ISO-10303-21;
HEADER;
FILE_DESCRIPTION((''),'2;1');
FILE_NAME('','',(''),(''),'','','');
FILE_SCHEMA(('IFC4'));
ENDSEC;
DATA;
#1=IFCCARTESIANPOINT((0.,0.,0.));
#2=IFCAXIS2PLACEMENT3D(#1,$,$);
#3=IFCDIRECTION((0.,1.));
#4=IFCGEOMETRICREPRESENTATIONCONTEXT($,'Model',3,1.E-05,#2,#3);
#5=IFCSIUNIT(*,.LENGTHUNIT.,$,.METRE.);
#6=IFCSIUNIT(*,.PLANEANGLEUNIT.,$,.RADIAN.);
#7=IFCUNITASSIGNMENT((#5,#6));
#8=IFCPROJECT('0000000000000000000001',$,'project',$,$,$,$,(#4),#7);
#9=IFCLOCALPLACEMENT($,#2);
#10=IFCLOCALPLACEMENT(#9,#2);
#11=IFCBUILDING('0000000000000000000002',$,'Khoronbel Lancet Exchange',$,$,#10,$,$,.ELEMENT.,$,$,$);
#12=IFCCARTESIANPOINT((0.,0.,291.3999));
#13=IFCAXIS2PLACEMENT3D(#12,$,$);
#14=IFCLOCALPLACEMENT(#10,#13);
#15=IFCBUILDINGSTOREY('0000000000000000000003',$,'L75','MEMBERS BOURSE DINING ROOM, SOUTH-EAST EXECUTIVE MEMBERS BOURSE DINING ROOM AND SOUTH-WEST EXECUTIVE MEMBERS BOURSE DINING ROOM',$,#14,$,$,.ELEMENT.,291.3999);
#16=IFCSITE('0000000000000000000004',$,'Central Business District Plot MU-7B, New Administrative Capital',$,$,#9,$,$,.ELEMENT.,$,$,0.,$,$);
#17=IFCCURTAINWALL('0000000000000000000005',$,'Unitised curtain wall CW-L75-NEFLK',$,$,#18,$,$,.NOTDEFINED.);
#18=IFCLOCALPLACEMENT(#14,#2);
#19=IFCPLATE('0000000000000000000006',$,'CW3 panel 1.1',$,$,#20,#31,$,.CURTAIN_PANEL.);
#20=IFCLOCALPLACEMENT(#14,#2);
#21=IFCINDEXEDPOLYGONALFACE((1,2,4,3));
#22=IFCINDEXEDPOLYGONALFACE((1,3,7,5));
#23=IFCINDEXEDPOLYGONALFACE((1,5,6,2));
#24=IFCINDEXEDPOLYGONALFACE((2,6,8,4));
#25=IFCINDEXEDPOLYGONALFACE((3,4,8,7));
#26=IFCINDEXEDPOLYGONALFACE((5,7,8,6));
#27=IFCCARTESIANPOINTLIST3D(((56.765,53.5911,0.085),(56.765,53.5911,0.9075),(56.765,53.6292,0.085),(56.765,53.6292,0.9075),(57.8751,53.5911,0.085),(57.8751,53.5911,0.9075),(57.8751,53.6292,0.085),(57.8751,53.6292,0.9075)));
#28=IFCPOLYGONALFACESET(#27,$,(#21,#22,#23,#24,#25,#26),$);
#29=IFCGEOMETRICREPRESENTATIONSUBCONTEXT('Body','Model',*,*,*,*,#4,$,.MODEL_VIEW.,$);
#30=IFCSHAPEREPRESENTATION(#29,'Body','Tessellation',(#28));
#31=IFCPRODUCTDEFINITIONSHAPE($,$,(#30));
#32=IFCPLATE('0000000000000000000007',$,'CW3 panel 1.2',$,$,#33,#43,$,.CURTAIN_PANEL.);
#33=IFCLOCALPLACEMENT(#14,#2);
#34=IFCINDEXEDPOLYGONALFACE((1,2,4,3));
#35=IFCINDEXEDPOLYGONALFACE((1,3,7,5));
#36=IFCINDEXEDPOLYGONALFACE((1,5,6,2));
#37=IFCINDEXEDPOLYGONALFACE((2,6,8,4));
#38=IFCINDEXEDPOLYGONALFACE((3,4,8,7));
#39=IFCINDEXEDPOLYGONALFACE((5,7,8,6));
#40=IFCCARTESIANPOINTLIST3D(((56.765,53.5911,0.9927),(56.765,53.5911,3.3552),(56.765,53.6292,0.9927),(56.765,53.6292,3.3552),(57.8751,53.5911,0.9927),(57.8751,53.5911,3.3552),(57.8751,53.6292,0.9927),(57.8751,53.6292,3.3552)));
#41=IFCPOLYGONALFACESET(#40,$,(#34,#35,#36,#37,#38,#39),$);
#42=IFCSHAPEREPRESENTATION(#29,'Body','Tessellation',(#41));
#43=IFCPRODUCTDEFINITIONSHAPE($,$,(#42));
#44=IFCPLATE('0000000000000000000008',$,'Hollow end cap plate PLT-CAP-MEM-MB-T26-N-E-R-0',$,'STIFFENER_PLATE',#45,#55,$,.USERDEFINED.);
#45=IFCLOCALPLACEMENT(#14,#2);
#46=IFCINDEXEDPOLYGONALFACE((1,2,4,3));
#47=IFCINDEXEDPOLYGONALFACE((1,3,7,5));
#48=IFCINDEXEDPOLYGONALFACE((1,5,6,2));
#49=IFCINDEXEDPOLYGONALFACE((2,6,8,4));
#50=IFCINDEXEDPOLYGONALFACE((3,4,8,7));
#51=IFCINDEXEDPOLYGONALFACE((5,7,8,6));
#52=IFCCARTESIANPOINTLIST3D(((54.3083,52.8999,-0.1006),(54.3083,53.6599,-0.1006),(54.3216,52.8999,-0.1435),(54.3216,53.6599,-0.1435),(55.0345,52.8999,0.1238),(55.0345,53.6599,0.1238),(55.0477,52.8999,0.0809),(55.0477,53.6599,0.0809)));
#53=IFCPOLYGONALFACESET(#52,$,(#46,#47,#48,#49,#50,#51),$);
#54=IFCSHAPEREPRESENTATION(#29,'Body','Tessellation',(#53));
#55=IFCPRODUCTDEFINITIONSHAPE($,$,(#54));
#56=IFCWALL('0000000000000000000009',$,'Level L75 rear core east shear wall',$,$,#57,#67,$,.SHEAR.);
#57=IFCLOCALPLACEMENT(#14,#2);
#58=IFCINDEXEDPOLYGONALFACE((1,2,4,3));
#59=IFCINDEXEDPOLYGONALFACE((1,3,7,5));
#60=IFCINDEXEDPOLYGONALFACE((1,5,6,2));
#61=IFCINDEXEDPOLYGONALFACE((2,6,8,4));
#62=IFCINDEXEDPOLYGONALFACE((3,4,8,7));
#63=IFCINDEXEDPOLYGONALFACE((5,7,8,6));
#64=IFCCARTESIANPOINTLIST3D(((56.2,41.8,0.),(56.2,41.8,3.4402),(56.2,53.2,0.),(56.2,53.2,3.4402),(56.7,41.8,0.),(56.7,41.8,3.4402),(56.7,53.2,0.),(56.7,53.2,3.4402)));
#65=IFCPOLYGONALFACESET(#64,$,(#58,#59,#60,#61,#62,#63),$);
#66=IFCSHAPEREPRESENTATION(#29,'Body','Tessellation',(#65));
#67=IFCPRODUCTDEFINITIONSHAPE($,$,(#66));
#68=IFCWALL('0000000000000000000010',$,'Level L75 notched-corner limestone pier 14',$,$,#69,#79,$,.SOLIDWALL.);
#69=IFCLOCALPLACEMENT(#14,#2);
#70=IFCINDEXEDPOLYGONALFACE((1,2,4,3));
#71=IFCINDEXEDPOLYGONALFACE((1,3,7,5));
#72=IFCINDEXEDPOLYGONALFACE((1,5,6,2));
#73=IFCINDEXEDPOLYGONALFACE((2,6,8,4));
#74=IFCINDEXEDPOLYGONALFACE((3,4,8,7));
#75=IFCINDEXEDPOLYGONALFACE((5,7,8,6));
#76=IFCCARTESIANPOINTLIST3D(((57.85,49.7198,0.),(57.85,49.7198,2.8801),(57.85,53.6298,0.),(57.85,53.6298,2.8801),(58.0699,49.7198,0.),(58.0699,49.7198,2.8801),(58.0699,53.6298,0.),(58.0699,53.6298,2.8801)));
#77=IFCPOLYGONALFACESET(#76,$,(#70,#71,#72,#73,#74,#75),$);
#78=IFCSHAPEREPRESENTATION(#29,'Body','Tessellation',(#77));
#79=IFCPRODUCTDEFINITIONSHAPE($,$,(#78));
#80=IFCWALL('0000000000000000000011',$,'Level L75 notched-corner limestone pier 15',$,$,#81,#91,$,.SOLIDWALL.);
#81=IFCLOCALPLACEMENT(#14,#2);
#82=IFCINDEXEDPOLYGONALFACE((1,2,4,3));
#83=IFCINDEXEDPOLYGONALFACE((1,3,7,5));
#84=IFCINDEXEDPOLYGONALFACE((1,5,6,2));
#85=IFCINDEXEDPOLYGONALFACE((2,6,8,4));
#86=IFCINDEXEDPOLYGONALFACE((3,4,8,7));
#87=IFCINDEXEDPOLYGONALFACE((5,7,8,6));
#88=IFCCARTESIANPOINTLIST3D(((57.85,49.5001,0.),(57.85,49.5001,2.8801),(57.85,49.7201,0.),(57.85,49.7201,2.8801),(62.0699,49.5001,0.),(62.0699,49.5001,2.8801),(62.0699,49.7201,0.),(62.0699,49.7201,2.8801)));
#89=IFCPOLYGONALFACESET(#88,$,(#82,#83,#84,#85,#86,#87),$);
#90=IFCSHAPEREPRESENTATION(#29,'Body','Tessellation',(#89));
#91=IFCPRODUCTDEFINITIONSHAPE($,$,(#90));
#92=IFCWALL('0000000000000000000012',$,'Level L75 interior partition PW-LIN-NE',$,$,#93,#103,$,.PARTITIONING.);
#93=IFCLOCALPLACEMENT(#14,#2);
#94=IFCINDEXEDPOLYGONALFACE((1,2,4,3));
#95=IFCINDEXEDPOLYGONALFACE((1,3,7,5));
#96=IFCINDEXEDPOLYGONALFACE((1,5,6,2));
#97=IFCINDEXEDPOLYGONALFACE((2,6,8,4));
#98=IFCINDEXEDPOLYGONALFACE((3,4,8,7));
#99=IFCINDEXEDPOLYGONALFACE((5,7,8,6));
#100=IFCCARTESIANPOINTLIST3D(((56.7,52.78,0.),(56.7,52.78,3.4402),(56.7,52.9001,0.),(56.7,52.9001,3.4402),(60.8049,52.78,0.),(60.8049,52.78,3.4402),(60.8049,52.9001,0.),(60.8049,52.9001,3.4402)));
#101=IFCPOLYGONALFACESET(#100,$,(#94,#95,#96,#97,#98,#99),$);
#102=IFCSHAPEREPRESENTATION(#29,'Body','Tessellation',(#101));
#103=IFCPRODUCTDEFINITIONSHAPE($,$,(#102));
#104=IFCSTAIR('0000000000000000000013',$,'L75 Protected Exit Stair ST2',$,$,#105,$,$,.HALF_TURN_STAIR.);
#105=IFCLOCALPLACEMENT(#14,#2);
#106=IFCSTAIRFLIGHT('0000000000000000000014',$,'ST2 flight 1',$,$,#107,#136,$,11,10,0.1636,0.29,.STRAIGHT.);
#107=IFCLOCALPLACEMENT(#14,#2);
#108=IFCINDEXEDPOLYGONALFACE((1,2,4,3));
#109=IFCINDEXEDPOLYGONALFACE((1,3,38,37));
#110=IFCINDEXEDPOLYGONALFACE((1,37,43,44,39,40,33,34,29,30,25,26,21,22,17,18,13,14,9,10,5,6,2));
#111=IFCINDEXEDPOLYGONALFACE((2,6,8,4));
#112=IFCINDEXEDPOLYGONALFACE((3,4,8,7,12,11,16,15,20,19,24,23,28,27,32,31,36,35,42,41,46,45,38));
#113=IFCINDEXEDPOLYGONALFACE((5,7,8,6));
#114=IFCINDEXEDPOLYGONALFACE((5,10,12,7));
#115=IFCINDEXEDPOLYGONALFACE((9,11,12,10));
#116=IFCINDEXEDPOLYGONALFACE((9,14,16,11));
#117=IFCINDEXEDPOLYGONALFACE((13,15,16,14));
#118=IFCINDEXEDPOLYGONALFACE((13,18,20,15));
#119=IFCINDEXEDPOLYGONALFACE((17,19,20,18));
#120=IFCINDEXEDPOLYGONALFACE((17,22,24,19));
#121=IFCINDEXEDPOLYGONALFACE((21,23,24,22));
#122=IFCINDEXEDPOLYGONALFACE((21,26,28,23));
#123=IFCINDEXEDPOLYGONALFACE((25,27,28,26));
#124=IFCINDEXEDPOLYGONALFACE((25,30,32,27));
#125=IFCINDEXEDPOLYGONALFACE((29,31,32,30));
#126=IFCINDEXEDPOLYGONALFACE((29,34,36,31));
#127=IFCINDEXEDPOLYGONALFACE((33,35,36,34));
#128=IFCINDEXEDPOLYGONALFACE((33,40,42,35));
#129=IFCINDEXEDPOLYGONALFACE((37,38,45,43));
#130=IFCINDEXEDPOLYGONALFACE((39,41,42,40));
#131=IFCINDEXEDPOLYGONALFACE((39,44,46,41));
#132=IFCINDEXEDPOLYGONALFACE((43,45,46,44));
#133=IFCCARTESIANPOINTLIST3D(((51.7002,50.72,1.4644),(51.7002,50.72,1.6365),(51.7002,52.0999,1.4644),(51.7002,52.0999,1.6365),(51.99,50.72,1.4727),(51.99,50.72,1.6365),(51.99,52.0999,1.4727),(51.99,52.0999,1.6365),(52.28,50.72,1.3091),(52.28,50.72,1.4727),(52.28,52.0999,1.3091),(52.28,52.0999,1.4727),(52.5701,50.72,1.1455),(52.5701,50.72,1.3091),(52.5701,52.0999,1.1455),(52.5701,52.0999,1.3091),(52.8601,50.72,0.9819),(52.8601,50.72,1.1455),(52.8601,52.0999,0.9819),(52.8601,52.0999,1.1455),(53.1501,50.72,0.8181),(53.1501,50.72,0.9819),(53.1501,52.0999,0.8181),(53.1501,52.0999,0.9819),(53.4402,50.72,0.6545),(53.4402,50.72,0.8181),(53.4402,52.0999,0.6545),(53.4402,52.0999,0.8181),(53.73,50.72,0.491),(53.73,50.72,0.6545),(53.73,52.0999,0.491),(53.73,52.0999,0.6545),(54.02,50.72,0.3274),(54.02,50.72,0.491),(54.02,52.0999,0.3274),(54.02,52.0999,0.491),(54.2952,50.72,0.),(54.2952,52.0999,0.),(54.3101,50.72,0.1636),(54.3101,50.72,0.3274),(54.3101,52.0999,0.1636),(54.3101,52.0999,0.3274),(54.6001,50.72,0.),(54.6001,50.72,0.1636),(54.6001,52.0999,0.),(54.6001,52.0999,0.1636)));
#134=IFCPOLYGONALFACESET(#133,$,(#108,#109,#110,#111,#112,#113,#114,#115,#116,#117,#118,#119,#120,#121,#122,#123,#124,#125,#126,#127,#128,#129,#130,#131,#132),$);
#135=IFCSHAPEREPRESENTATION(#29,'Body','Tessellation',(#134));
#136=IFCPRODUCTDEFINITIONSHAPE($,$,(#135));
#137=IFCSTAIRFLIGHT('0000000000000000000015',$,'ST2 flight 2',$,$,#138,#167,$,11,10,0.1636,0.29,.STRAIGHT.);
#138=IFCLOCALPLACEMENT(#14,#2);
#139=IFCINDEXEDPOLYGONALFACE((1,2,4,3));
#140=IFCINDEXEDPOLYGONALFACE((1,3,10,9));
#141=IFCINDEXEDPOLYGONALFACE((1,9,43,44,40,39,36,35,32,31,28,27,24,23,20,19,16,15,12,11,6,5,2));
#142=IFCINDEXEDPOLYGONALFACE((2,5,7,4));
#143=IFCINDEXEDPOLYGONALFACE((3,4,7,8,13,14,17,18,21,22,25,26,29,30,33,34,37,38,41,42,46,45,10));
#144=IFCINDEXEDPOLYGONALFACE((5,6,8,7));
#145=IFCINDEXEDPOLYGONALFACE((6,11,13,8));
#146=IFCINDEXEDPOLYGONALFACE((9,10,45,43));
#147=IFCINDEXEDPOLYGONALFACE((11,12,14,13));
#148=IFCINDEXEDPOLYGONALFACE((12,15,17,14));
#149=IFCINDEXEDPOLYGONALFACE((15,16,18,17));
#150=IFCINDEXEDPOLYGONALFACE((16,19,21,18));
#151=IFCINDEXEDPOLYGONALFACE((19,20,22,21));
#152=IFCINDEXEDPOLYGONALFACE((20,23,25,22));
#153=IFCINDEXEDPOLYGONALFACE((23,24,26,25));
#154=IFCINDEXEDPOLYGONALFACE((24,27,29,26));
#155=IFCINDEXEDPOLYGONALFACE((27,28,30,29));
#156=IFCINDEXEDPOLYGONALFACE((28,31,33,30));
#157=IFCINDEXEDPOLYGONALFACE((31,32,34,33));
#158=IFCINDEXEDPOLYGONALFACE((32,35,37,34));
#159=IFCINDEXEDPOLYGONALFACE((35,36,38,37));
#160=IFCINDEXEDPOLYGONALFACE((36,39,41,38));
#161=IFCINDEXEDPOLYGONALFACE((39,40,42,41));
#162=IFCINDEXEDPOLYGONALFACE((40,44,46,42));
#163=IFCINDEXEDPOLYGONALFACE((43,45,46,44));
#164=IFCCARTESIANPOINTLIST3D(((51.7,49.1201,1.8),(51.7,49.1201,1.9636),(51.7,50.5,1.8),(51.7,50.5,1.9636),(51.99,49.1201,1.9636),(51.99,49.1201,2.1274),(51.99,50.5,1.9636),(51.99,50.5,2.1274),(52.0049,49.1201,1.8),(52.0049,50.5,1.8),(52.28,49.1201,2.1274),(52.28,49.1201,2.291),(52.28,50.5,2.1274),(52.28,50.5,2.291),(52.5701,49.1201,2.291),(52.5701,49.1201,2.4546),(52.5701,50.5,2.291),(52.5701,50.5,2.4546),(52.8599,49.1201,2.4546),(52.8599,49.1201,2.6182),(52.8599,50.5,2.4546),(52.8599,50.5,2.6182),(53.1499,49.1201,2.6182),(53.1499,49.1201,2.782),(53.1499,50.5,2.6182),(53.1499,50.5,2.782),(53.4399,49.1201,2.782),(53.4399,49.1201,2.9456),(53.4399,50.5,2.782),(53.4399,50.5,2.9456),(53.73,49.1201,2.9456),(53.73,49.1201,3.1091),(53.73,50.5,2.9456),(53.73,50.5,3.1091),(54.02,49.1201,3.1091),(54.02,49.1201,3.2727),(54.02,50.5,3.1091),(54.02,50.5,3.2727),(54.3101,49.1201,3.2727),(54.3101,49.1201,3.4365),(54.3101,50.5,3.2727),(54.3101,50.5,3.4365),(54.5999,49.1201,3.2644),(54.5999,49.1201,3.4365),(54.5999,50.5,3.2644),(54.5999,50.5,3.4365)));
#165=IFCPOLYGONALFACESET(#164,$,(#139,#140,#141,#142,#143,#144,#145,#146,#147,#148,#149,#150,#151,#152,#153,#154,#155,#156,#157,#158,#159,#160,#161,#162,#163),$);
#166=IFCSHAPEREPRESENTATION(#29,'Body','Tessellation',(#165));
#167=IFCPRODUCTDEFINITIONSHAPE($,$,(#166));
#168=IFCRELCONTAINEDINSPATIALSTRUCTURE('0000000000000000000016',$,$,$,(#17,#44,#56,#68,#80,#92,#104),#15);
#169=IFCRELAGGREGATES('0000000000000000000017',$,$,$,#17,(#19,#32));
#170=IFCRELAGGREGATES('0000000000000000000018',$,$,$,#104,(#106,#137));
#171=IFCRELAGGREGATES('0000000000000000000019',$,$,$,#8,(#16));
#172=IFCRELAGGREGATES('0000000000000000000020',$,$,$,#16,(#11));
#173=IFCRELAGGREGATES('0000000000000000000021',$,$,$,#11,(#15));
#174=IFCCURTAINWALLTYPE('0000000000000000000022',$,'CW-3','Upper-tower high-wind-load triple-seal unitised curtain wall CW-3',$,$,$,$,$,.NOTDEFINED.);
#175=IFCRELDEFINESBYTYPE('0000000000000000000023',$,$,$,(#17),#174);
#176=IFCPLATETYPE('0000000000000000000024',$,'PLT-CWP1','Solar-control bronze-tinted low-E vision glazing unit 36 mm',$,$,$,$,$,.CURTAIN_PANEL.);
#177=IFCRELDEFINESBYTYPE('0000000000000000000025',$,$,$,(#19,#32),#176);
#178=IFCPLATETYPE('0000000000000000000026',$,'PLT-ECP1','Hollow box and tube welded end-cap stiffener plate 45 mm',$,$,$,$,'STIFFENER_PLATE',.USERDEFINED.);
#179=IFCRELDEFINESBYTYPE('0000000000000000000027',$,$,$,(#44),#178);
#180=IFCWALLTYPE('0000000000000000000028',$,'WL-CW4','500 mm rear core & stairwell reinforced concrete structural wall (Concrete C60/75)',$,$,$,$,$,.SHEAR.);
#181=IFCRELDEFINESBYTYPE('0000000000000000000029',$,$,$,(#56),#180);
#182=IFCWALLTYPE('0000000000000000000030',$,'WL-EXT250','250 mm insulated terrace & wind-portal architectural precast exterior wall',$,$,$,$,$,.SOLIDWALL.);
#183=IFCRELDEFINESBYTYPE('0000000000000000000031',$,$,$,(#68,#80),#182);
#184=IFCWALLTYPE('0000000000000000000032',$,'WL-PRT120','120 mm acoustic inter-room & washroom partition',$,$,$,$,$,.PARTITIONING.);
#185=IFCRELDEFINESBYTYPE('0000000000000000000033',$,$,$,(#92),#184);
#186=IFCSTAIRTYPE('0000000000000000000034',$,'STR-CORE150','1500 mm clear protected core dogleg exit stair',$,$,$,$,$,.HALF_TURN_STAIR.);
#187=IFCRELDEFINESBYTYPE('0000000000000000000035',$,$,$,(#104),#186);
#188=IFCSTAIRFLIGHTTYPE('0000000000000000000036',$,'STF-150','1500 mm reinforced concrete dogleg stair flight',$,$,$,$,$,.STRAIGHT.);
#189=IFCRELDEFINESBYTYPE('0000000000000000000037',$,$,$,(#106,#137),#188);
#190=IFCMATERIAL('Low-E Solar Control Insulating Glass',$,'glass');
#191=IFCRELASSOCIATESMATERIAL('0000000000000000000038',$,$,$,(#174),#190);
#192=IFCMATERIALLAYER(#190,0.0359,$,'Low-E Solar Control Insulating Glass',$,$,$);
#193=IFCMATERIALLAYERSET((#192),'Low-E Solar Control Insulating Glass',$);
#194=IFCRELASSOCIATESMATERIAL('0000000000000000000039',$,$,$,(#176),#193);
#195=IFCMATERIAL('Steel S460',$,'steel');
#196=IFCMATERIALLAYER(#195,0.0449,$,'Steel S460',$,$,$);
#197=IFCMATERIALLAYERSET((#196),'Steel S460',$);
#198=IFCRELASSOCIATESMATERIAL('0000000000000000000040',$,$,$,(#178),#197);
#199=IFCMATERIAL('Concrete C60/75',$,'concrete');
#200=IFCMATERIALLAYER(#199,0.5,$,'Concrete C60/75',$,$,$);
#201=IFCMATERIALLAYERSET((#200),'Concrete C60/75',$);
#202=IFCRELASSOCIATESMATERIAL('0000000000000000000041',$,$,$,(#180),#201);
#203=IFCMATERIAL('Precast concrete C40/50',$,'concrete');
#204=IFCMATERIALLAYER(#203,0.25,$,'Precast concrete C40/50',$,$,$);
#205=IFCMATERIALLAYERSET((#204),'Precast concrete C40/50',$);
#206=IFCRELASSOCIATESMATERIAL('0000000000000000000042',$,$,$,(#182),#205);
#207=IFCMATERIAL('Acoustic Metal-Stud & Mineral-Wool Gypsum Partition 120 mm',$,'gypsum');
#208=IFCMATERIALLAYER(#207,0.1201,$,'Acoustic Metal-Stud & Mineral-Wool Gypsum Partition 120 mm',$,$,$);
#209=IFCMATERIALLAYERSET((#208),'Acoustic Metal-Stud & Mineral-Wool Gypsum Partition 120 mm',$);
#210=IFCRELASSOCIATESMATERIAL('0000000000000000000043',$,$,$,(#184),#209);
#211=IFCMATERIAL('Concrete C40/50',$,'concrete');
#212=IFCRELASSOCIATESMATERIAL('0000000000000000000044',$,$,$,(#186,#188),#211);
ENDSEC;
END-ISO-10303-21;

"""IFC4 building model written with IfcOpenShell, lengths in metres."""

from ifc_helpers import new_model, si_unit, direction, frame, frame_2d, origin, origin_2d, place, context, subcontext, project, spatial, polyline, rectangle, outline, extrude, material, layer, layer_set, type_object, element, aggregate, save


model = new_model("IFC4")

# Units and contexts
model_context = context("Model", 3, precision=1e-05, world=origin(), true_north=direction((0.0, 1.0)))
body_context = subcontext(model_context, "Body", "Model", "MODEL_VIEW")
ifc_project = project(units=[si_unit("LENGTHUNIT", "METRE"), si_unit("PLANEANGLEUNIT", "RADIAN")], contexts=[model_context])

# Site, building, storey
site_placement = place(None, origin())
site = spatial("IfcSite", under=ifc_project, at=site_placement, Name="Central Business District Plot MU-7B, New Administrative Capital", CompositionType="ELEMENT", RefElevation=0.0)
building_placement = place(site_placement, origin())
building = spatial("IfcBuilding", under=site, at=building_placement, Name="Khoronbel Lancet Exchange", CompositionType="ELEMENT")
storey_placement = place(building_placement, frame((0.0, 0.0, 291.3999)))
storey = spatial("IfcBuildingStorey", under=building, at=storey_placement, Name="L75", Description="MEMBERS BOURSE DINING ROOM, SOUTH-EAST EXECUTIVE MEMBERS BOURSE DINING ROOM AND SOUTH-WEST EXECUTIVE MEMBERS BOURSE DINING ROOM", CompositionType="ELEMENT", Elevation=291.3999)

# Shared definitions
ifc_material_1 = material(Name="Steel S460", Category="steel")

# Curtain wall
ifc_material_2 = material(Name="Low-E Solar Control Insulating Glass", Category="glass")
curtain_wall_type = type_object("IfcCurtainWallType", Name="CW-3", Description="Upper-tower high-wind-load triple-seal unitised curtain wall CW-3", PredefinedType="NOTDEFINED", material=ifc_material_2)
curtain_wall_placement = place(storey_placement, origin())
curtain_wall = element("IfcCurtainWall", 1, at=curtain_wall_placement, inside=storey, type_object=curtain_wall_type, Name="Unitised curtain wall CW-L75-NEFLK", PredefinedType="NOTDEFINED")

# Plates
ifc_layer_1 = layer(ifc_material_2, 0.0359, Name="Low-E Solar Control Insulating Glass")
ifc_layer_set_1 = layer_set([ifc_layer_1], Name="Low-E Solar Control Insulating Glass")
plate_type_1 = type_object("IfcPlateType", Name="PLT-CWP1", Description="Solar-control bronze-tinted low-E vision glazing unit 36 mm", PredefinedType="CURTAIN_PANEL", material=ifc_layer_set_1)
plate_1_placement = place(storey_placement, frame((57.3201, 53.6101, 0.085), z_axis=(0.0, 0.0, 1.0), x_axis=(-1.0, 0.0, 0.0)))
plate_1 = element("IfcPlate", 2, at=plate_1_placement, type_object=plate_type_1, Name="CW3 panel 1.1", PredefinedType="CURTAIN_PANEL", context=body_context, shape_type="SweptSolid", body=[
    extrude(rectangle(XDim=1.1101, YDim=0.0381, at=origin_2d()), origin(), (0.0, 0.0, 1.0), 0.8225),
])
plate_2_placement = place(storey_placement, frame((57.3201, 53.6101, 0.9927), z_axis=(0.0, 0.0, 1.0), x_axis=(-1.0, 0.0, 0.0)))
plate_2 = element("IfcPlate", 3, at=plate_2_placement, type_object=plate_type_1, Name="CW3 panel 1.2", PredefinedType="CURTAIN_PANEL", context=body_context, shape_type="SweptSolid", body=[
    extrude(rectangle(XDim=1.1101, YDim=0.0381, at=origin_2d()), origin(), (0.0, 0.0, 1.0), 2.3625),
])
aggregate(curtain_wall, [plate_1, plate_2])
ifc_layer_2 = layer(ifc_material_1, 0.0449, Name="Steel S460")
ifc_layer_set_2 = layer_set([ifc_layer_2], Name="Steel S460")
plate_type_2 = type_object("IfcPlateType", Name="PLT-ECP1", Description="Hollow box and tube welded end-cap stiffener plate 45 mm", ElementType="STIFFENER_PLATE", PredefinedType="USERDEFINED", material=ifc_layer_set_2)
plate_3_placement = place(storey_placement, frame((54.3083, 53.6599, -0.1006), z_axis=(-0.295237, 0.0, 0.955424), x_axis=(0.0, -1.0, 0.0)))
element("IfcPlate", 4, at=plate_3_placement, inside=storey, type_object=plate_type_2, Name="Hollow end cap plate PLT-CAP-MEM-MB-T26-N-E-R-0", ObjectType="STIFFENER_PLATE", PredefinedType="USERDEFINED", context=body_context, shape_type="SweptSolid", body=[
    extrude(outline(polyline([(0.0, 0.0), (0.76, 0.0), (0.76, 0.76), (0.0, 0.76), (0.0, 0.0)])), origin(), (0.0, 0.0, -1.0), 0.0449),
])

# Walls
ifc_material_3 = material(Name="Concrete C60/75", Category="concrete")
ifc_layer_3 = layer(ifc_material_3, 0.5, Name="Concrete C60/75")
ifc_layer_set_3 = layer_set([ifc_layer_3], Name="Concrete C60/75")
wall_type_1 = type_object("IfcWallType", Name="WL-CW4", Description="500 mm rear core & stairwell reinforced concrete structural wall (Concrete C60/75)", PredefinedType="SHEAR", material=ifc_layer_set_3)
wall_1_placement = place(storey_placement, frame((56.45, 53.2, 0.0), z_axis=(0.0, 0.0, 1.0), x_axis=(0.0, -1.0, 0.0)))
element("IfcWall", 5, at=wall_1_placement, inside=storey, type_object=wall_type_1, Name="Level L75 rear core east shear wall", PredefinedType="SHEAR", context=body_context, shape_type="SweptSolid", body=[
    extrude(rectangle(XDim=11.3999, YDim=0.5, at=frame_2d((5.7, 0.0))), origin(), (0.0, 0.0, 1.0), 3.4402),
])
ifc_material_4 = material(Name="Precast concrete C40/50", Category="concrete")
ifc_layer_4 = layer(ifc_material_4, 0.25, Name="Precast concrete C40/50")
ifc_layer_set_4 = layer_set([ifc_layer_4], Name="Precast concrete C40/50")
wall_type_2 = type_object("IfcWallType", Name="WL-EXT250", Description="250 mm insulated terrace & wind-portal architectural precast exterior wall", PredefinedType="SOLIDWALL", material=ifc_layer_set_4)
wall_2_placement = place(storey_placement, frame((57.96, 53.6299, 0.0), z_axis=(0.0, 0.0, 1.0), x_axis=(0.0, -1.0, 0.0)))
element("IfcWall", 6, at=wall_2_placement, inside=storey, type_object=wall_type_2, Name="Level L75 notched-corner limestone pier 14", PredefinedType="SOLIDWALL", context=body_context, shape_type="SweptSolid", body=[
    extrude(rectangle(XDim=3.9099, YDim=0.22, at=frame_2d((1.9551, 0.0))), origin(), (0.0, 0.0, 1.0), 2.8801),
])
wall_3_placement = place(storey_placement, frame((57.8501, 49.6101, 0.0), z_axis=(0.0, 0.0, 1.0), x_axis=(1.0, 0.0, 0.0)))
element("IfcWall", 7, at=wall_3_placement, inside=storey, type_object=wall_type_2, Name="Level L75 notched-corner limestone pier 15", PredefinedType="SOLIDWALL", context=body_context, shape_type="SweptSolid", body=[
    extrude(rectangle(XDim=4.22, YDim=0.22, at=frame_2d((2.1099, 0.0))), origin(), (0.0, 0.0, 1.0), 2.8801),
])
ifc_material_5 = material(Name="Acoustic Metal-Stud & Mineral-Wool Gypsum Partition 120 mm", Category="gypsum")
ifc_layer_5 = layer(ifc_material_5, 0.1201, Name="Acoustic Metal-Stud & Mineral-Wool Gypsum Partition 120 mm")
ifc_layer_set_5 = layer_set([ifc_layer_5], Name="Acoustic Metal-Stud & Mineral-Wool Gypsum Partition 120 mm")
wall_type_3 = type_object("IfcWallType", Name="WL-PRT120", Description="120 mm acoustic inter-room & washroom partition", PredefinedType="PARTITIONING", material=ifc_layer_set_5)
wall_4_placement = place(storey_placement, frame((56.7, 52.8401, 0.0), z_axis=(0.0, 0.0, 1.0), x_axis=(1.0, 0.0, 0.0)))
element("IfcWall", 8, at=wall_4_placement, inside=storey, type_object=wall_type_3, Name="Level L75 interior partition PW-LIN-NE", PredefinedType="PARTITIONING", context=body_context, shape_type="SweptSolid", body=[
    extrude(rectangle(XDim=4.105, YDim=0.1201, at=frame_2d((2.0525, 0.0))), origin(), (0.0, 0.0, 1.0), 3.4402),
])

# Stair, stair flights
ifc_material_6 = material(Name="Concrete C40/50", Category="concrete")
stair_type = type_object("IfcStairType", Name="STR-CORE150", Description="1500 mm clear protected core dogleg exit stair", PredefinedType="HALF_TURN_STAIR", material=ifc_material_6)
stair_placement = place(storey_placement, origin())
stair = element("IfcStair", 9, at=stair_placement, inside=storey, type_object=stair_type, Name="L75 Protected Exit Stair ST2", PredefinedType="HALF_TURN_STAIR")
stair_flight_type = type_object("IfcStairFlightType", Name="STF-150", Description="1500 mm reinforced concrete dogleg stair flight", PredefinedType="STRAIGHT", material=ifc_material_6)
stair_flight_1_placement = place(storey_placement, frame((54.6001, 51.4099, 0.0), z_axis=(0.0, 0.0, 1.0), x_axis=(-1.0, 0.0, 0.0)))
stair_flight_1 = element("IfcStairFlight", 10, at=stair_flight_1_placement, type_object=stair_flight_type, Name="ST2 flight 1", NumberOfRisers=11, NumberOfTreads=10, PredefinedType="STRAIGHT", RiserHeight=0.1636, TreadLength=0.29, context=body_context, shape_type="SweptSolid", body=[
    extrude(outline(polyline([(0.0, 0.0), (0.0, 0.1636), (0.29, 0.1636), (0.29, 0.3274), (0.5801, 0.3274), (0.5801, 0.491), (0.8701, 0.491), (0.8701, 0.6545), (1.1599, 0.6545), (1.1599, 0.8181), (1.45, 0.8181), (1.45, 0.9819), (1.74, 0.9819), (1.74, 1.1455), (2.03, 1.1455), (2.03, 1.3091), (2.3201, 1.3091), (2.3201, 1.4727), (2.6101, 1.4727), (2.6101, 1.6365), (2.8999, 1.6365), (2.8999, 1.8), (2.8999, 1.4644), (0.3049, 0.0), (0.0, 0.0)])), frame((0.0, 0.6899, 0.0), z_axis=(0.0, -1.0, 0.0), x_axis=(1.0, 0.0, 0.0)), (0.0, 0.0, 1.0), 1.3799),
])
stair_flight_2_placement = place(storey_placement, frame((51.7, 49.8101, 1.8), z_axis=(0.0, 0.0, 1.0), x_axis=(1.0, 0.0, 0.0)))
stair_flight_2 = element("IfcStairFlight", 11, at=stair_flight_2_placement, type_object=stair_flight_type, Name="ST2 flight 2", NumberOfRisers=11, NumberOfTreads=10, PredefinedType="STRAIGHT", RiserHeight=0.1636, TreadLength=0.29, context=body_context, shape_type="SweptSolid", body=[
    extrude(outline(polyline([(0.0, 0.0), (0.0, 0.1636), (0.29, 0.1636), (0.29, 0.3274), (0.5801, 0.3274), (0.5801, 0.491), (0.8701, 0.491), (0.8701, 0.6545), (1.1599, 0.6545), (1.1599, 0.8181), (1.45, 0.8181), (1.45, 0.9819), (1.74, 0.9819), (1.74, 1.1455), (2.03, 1.1455), (2.03, 1.3091), (2.3201, 1.3091), (2.3201, 1.4727), (2.6101, 1.4727), (2.6101, 1.6365), (2.8999, 1.6365), (2.8999, 1.8), (2.8999, 1.4644), (0.3049, 0.0), (0.0, 0.0)])), frame((0.0, 0.6899, 0.0), z_axis=(0.0, -1.0, 0.0), x_axis=(1.0, 0.0, 0.0)), (0.0, 0.0, 1.0), 1.3799),
])
aggregate(stair, [stair_flight_1, stair_flight_2])

save(model, "model.ifc")
